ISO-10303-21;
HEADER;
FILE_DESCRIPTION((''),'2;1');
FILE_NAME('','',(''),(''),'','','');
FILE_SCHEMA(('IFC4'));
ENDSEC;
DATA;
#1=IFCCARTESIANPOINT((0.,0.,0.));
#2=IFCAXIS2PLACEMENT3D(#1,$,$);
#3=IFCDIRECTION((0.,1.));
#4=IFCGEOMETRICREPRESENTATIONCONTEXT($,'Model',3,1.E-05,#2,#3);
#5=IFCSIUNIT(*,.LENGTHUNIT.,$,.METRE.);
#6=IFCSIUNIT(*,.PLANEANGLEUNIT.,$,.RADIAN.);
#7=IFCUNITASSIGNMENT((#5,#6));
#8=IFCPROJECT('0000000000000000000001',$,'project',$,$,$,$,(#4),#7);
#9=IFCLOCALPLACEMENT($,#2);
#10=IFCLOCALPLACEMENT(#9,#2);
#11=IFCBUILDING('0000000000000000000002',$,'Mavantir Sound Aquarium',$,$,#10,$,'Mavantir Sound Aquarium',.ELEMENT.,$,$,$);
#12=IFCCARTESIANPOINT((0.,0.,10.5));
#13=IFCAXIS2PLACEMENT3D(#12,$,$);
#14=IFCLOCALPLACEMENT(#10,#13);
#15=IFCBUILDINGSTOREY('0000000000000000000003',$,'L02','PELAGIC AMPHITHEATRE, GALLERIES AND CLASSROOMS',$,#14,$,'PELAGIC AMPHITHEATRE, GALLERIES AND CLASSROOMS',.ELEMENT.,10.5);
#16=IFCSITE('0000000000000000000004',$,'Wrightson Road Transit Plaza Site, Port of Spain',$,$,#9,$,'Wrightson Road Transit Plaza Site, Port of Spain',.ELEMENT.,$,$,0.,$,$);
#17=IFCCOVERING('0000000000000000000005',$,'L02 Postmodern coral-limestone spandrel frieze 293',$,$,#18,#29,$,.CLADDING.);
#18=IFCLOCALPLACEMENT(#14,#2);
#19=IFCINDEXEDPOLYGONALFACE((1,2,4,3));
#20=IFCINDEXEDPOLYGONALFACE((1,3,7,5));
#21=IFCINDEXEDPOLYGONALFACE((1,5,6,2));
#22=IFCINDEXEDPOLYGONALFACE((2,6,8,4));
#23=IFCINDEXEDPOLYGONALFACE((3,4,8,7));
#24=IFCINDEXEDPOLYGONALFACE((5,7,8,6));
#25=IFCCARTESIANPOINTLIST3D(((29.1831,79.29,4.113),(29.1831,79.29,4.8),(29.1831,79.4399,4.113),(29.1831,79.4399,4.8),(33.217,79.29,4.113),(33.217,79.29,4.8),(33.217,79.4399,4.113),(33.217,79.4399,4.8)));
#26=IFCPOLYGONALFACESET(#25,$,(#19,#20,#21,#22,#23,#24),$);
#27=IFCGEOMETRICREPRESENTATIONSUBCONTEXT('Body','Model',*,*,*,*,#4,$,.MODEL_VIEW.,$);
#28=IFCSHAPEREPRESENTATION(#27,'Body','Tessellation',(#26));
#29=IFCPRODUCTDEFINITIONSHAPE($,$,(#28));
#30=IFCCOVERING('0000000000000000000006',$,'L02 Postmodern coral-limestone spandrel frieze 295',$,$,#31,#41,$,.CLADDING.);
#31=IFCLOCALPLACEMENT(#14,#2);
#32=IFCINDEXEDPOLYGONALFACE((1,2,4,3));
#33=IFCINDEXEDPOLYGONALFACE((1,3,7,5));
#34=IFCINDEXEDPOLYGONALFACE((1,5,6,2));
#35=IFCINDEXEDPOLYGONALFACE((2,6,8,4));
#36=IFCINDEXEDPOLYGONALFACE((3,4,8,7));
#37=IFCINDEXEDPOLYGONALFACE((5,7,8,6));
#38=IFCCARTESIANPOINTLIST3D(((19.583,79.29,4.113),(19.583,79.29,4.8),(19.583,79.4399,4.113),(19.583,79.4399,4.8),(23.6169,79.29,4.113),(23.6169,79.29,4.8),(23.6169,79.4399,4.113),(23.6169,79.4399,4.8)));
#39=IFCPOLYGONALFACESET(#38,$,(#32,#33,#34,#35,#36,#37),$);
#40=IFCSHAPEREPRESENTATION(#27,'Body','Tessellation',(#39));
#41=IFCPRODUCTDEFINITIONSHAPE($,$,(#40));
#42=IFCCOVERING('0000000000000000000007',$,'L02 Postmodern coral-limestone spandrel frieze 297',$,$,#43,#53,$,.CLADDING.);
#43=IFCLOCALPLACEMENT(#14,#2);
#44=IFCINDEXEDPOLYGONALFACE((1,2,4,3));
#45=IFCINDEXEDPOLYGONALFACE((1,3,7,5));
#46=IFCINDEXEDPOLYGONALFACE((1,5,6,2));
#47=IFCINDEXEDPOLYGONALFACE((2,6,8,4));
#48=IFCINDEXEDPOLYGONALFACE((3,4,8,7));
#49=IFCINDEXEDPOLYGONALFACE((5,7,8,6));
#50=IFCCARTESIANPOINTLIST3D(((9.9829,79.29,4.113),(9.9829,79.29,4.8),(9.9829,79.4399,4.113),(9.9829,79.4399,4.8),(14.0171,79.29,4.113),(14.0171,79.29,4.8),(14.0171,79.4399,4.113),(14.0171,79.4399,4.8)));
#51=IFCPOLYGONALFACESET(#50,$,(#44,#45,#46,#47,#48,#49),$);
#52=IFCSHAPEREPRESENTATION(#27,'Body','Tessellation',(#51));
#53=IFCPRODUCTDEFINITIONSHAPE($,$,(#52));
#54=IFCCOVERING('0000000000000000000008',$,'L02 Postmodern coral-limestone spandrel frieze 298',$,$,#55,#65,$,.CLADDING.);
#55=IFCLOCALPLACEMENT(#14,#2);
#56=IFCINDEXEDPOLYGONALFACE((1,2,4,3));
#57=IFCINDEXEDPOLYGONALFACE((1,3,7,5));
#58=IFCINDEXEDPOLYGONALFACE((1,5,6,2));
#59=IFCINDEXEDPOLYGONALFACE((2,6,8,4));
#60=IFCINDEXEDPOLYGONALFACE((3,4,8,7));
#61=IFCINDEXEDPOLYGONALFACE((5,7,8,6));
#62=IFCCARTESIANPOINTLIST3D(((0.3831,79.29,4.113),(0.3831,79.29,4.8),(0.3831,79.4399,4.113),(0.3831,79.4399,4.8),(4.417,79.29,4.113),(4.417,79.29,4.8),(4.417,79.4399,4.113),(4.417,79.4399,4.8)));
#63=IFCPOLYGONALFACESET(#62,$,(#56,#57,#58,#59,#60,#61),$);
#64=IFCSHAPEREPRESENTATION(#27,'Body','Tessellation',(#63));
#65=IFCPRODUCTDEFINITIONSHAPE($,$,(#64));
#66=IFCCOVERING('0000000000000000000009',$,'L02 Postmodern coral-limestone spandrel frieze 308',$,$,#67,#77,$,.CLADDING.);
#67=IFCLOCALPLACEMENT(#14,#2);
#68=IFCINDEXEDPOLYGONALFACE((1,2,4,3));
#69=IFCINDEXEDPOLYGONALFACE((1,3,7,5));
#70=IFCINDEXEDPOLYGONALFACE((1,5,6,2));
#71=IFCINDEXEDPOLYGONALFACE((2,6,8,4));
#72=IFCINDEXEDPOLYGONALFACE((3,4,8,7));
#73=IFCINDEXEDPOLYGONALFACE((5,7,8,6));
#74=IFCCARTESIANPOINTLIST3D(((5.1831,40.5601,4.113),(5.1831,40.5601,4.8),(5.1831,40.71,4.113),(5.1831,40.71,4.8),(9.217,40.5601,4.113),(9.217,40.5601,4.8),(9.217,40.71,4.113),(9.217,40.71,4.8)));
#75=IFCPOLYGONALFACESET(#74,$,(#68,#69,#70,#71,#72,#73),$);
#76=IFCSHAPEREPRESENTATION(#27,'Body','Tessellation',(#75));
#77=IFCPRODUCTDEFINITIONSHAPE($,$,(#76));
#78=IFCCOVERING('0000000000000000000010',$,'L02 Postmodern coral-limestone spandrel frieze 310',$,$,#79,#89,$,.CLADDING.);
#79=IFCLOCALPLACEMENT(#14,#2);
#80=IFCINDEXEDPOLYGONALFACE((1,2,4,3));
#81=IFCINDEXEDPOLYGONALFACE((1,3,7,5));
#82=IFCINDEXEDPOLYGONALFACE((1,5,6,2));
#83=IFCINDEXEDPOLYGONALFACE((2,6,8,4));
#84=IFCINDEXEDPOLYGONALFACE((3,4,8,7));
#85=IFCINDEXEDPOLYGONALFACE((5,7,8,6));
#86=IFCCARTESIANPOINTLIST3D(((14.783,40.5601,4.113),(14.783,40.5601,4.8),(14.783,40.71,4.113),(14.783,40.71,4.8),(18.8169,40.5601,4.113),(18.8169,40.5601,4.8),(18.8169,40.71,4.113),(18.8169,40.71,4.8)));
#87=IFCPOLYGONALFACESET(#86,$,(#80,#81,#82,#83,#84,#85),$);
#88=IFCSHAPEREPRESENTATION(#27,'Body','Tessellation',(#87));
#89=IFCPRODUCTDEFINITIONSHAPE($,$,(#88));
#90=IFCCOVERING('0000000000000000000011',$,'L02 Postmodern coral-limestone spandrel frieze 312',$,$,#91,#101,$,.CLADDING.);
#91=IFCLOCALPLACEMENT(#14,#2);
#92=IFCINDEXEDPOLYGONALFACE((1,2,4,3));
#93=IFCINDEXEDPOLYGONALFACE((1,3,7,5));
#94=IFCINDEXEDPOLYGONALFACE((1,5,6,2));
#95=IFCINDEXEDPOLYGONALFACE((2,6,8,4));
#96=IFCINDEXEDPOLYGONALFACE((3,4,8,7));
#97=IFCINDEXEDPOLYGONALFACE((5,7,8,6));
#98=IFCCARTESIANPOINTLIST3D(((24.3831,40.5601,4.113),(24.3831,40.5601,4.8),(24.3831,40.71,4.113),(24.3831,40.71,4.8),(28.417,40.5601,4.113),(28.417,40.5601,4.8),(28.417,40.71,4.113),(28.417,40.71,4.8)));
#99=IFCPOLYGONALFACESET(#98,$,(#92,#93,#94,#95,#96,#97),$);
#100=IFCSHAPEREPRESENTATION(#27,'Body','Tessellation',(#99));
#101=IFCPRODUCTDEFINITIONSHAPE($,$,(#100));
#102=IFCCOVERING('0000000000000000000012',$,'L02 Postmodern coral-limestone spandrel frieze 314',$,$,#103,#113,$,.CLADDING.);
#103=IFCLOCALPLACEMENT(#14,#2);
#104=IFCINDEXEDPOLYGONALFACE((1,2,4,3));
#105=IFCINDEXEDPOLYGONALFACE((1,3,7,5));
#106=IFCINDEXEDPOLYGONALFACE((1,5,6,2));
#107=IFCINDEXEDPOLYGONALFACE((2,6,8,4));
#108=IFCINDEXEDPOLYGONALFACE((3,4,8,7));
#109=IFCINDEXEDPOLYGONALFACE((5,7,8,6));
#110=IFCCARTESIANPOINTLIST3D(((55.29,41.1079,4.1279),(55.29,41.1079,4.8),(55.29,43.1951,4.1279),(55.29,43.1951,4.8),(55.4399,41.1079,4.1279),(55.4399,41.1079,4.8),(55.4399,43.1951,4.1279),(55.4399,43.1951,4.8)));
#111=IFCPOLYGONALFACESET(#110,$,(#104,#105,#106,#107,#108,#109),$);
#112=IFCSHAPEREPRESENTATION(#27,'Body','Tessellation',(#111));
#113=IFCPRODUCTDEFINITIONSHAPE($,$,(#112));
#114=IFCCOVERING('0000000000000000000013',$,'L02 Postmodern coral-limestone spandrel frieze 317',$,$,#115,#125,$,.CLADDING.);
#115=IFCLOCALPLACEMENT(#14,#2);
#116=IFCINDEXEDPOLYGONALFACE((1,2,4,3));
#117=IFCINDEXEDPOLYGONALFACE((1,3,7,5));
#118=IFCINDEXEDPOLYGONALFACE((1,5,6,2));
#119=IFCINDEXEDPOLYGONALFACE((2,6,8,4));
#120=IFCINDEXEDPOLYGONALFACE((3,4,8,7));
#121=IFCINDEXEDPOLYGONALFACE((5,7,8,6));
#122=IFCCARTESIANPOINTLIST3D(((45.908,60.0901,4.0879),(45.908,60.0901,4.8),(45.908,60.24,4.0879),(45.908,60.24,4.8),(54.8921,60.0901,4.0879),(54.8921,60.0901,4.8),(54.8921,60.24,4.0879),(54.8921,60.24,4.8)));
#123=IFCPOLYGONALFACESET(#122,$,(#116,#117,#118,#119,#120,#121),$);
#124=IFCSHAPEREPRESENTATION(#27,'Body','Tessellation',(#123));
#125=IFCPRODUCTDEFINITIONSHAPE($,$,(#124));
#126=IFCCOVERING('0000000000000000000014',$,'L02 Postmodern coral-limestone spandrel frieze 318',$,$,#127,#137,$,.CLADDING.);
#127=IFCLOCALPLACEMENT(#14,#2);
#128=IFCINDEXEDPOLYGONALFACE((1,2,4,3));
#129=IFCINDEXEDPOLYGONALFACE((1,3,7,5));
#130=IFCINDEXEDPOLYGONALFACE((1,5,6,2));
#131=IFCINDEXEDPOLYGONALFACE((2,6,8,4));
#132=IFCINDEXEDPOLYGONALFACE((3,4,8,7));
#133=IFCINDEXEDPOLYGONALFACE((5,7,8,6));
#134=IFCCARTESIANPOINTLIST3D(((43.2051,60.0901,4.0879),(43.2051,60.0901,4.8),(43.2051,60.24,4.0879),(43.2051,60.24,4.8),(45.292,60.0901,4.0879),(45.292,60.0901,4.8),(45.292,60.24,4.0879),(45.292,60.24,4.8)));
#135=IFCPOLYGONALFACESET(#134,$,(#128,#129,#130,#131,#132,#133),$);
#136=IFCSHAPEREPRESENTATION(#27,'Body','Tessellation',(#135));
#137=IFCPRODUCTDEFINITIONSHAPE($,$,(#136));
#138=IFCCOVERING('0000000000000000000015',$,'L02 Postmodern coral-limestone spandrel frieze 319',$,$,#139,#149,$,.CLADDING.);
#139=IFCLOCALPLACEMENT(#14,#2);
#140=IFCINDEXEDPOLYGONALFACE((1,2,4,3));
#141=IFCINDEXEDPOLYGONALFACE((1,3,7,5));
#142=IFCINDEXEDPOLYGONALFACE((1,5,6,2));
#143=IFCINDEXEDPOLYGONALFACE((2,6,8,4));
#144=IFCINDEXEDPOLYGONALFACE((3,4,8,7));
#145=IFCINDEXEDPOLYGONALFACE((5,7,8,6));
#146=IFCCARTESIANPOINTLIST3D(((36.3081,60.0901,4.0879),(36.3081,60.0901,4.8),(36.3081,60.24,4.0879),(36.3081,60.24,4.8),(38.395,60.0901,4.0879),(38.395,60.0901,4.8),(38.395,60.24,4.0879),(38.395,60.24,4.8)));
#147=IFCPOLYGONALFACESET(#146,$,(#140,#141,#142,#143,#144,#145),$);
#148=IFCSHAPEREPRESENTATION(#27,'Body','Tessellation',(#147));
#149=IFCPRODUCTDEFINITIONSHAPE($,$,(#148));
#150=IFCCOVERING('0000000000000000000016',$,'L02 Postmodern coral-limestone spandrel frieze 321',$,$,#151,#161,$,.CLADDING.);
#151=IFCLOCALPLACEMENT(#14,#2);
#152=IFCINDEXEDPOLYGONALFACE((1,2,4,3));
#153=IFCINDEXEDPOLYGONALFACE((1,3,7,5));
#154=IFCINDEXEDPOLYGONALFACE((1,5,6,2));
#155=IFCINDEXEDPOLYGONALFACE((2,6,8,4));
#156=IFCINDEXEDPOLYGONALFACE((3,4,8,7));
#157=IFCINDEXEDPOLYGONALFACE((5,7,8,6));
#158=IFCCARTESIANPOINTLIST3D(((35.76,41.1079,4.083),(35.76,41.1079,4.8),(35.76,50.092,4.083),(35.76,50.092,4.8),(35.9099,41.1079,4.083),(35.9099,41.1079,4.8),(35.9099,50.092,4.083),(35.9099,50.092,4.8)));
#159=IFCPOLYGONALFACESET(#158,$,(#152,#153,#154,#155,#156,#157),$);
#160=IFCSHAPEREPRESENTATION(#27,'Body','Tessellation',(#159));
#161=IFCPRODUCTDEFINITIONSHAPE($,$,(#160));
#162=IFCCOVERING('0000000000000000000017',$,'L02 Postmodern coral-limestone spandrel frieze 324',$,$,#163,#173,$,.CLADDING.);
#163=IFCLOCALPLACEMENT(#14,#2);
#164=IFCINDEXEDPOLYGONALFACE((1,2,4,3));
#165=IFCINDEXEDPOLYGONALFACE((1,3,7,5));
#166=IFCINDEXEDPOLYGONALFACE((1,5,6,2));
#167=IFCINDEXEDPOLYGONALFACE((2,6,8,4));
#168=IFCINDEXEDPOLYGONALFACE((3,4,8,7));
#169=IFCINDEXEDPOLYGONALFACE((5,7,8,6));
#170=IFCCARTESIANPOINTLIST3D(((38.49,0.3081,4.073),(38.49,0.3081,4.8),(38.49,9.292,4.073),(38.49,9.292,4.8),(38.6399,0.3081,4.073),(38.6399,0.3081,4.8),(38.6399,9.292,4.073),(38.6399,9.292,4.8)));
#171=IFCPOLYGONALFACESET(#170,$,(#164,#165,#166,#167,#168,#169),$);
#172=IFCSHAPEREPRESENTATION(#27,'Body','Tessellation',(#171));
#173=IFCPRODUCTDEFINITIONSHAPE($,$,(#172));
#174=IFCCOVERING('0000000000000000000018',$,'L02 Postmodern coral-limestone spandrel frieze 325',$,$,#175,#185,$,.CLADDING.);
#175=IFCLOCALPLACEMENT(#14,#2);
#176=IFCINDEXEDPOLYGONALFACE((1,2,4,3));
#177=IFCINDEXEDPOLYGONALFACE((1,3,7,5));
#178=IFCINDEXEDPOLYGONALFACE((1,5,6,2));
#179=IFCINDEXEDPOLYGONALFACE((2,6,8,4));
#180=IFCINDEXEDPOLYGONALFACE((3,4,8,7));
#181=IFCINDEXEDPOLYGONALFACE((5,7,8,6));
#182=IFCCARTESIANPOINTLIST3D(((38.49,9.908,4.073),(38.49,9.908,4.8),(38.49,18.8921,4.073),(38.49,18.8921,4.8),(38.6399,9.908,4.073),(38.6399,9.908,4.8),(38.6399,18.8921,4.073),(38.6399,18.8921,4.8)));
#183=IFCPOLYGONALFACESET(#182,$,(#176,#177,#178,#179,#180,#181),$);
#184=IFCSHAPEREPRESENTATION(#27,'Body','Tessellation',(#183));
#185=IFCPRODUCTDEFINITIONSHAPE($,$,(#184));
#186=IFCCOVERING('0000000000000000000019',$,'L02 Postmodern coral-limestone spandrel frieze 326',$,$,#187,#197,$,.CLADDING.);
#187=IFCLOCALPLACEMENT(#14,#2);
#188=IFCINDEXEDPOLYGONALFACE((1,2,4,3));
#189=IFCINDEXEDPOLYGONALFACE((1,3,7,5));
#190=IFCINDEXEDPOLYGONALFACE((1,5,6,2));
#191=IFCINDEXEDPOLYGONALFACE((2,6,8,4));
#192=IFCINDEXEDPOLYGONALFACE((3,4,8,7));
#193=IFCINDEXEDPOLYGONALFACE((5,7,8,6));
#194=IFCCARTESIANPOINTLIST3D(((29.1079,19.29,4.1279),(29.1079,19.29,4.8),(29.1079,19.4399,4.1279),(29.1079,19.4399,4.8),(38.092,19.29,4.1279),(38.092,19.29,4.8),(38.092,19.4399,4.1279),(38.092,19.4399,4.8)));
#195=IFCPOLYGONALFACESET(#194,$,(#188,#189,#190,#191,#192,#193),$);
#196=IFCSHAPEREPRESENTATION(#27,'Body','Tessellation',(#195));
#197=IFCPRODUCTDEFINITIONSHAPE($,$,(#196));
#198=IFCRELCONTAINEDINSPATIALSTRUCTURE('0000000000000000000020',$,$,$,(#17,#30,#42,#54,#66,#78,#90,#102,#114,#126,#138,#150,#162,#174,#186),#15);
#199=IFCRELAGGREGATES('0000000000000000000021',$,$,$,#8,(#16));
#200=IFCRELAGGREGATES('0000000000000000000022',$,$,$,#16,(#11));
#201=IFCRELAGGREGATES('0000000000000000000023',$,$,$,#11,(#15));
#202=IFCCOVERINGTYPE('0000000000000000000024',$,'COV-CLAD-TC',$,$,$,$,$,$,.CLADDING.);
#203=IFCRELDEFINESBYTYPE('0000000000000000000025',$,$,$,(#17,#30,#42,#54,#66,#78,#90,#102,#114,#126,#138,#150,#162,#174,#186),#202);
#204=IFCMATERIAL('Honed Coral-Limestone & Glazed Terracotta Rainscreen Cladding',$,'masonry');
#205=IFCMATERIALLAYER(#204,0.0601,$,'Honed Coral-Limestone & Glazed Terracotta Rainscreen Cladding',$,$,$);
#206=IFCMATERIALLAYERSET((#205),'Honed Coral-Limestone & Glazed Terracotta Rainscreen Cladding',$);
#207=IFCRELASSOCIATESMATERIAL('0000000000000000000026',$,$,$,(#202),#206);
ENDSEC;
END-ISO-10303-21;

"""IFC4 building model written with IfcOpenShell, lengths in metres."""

from ifc_helpers import new_model, si_unit, direction, frame, origin, place, context, subcontext, project, spatial, polyline, outline, extrude, material, layer, layer_set, type_object, element, save


model = new_model("IFC4")

# Units and contexts
model_context = context("Model", 3, precision=1e-05, world=origin(), true_north=direction((0.0, 1.0)))
body_context = subcontext(model_context, "Body", "Model", "MODEL_VIEW")
ifc_project = project(units=[si_unit("LENGTHUNIT", "METRE"), si_unit("PLANEANGLEUNIT", "RADIAN")], contexts=[model_context])

# Site, building, storey
site_placement = place(None, origin())
site = spatial("IfcSite", under=ifc_project, at=site_placement, Name="Wrightson Road Transit Plaza Site, Port of Spain", LongName="Wrightson Road Transit Plaza Site, Port of Spain", CompositionType="ELEMENT", RefElevation=0.0)
building_placement = place(site_placement, origin())
building = spatial("IfcBuilding", under=site, at=building_placement, Name="Mavantir Sound Aquarium", LongName="Mavantir Sound Aquarium", CompositionType="ELEMENT")
storey_placement = place(building_placement, frame((0.0, 0.0, 10.5)))
storey = spatial("IfcBuildingStorey", under=building, at=storey_placement, Name="L02", Description="PELAGIC AMPHITHEATRE, GALLERIES AND CLASSROOMS", LongName="PELAGIC AMPHITHEATRE, GALLERIES AND CLASSROOMS", CompositionType="ELEMENT", Elevation=10.5)

# Coverings
ifc_material = material(Name="Honed Coral-Limestone & Glazed Terracotta Rainscreen Cladding", Category="masonry")
ifc_layer = layer(ifc_material, 0.0601, Name="Honed Coral-Limestone & Glazed Terracotta Rainscreen Cladding")
ifc_layer_set = layer_set([ifc_layer], Name="Honed Coral-Limestone & Glazed Terracotta Rainscreen Cladding")
covering_type = type_object("IfcCoveringType", Name="COV-CLAD-TC", PredefinedType="CLADDING", material=ifc_layer_set)
covering_1_placement = place(storey_placement, frame((0.0, 0.0, 4.113)))
element("IfcCovering", 1, at=covering_1_placement, inside=storey, type_object=covering_type, Name="L02 Postmodern coral-limestone spandrel frieze 293", PredefinedType="CLADDING", context=body_context, shape_type="SweptSolid", body=[
    extrude(outline(polyline([(33.217, 79.29), (29.1831, 79.29), (29.1831, 79.4399), (33.217, 79.4399), (33.217, 79.29)])), origin(), (0.0, 0.0, 1.0), 0.687),
])
covering_2_placement = place(storey_placement, frame((0.0, 0.0, 4.113)))
element("IfcCovering", 2, at=covering_2_placement, inside=storey, type_object=covering_type, Name="L02 Postmodern coral-limestone spandrel frieze 295", PredefinedType="CLADDING", context=body_context, shape_type="SweptSolid", body=[
    extrude(outline(polyline([(23.6169, 79.29), (19.583, 79.29), (19.583, 79.4399), (23.6169, 79.4399), (23.6169, 79.29)])), origin(), (0.0, 0.0, 1.0), 0.687),
])
covering_3_placement = place(storey_placement, frame((0.0, 0.0, 4.113)))
element("IfcCovering", 3, at=covering_3_placement, inside=storey, type_object=covering_type, Name="L02 Postmodern coral-limestone spandrel frieze 297", PredefinedType="CLADDING", context=body_context, shape_type="SweptSolid", body=[
    extrude(outline(polyline([(14.0171, 79.29), (9.9829, 79.29), (9.9829, 79.4399), (14.0171, 79.4399), (14.0171, 79.29)])), origin(), (0.0, 0.0, 1.0), 0.687),
])
covering_4_placement = place(storey_placement, frame((0.0, 0.0, 4.113)))
element("IfcCovering", 4, at=covering_4_placement, inside=storey, type_object=covering_type, Name="L02 Postmodern coral-limestone spandrel frieze 298", PredefinedType="CLADDING", context=body_context, shape_type="SweptSolid", body=[
    extrude(outline(polyline([(4.417, 79.29), (0.3831, 79.29), (0.3831, 79.4399), (4.417, 79.4399), (4.417, 79.29)])), origin(), (0.0, 0.0, 1.0), 0.687),
])
covering_5_placement = place(storey_placement, frame((0.0, 0.0, 4.113)))
element("IfcCovering", 5, at=covering_5_placement, inside=storey, type_object=covering_type, Name="L02 Postmodern coral-limestone spandrel frieze 308", PredefinedType="CLADDING", context=body_context, shape_type="SweptSolid", body=[
    extrude(outline(polyline([(5.1831, 40.71), (9.217, 40.71), (9.217, 40.5601), (5.1831, 40.5601), (5.1831, 40.71)])), origin(), (0.0, 0.0, 1.0), 0.687),
])
covering_6_placement = place(storey_placement, frame((0.0, 0.0, 4.113)))
element("IfcCovering", 6, at=covering_6_placement, inside=storey, type_object=covering_type, Name="L02 Postmodern coral-limestone spandrel frieze 310", PredefinedType="CLADDING", context=body_context, shape_type="SweptSolid", body=[
    extrude(outline(polyline([(14.783, 40.71), (18.8169, 40.71), (18.8169, 40.5601), (14.783, 40.5601), (14.783, 40.71)])), origin(), (0.0, 0.0, 1.0), 0.687),
])
covering_7_placement = place(storey_placement, frame((0.0, 0.0, 4.113)))
element("IfcCovering", 7, at=covering_7_placement, inside=storey, type_object=covering_type, Name="L02 Postmodern coral-limestone spandrel frieze 312", PredefinedType="CLADDING", context=body_context, shape_type="SweptSolid", body=[
    extrude(outline(polyline([(24.3831, 40.71), (28.417, 40.71), (28.417, 40.5601), (24.3831, 40.5601), (24.3831, 40.71)])), origin(), (0.0, 0.0, 1.0), 0.687),
])
covering_8_placement = place(storey_placement, frame((0.0, 0.0, 4.1279)))
element("IfcCovering", 8, at=covering_8_placement, inside=storey, type_object=covering_type, Name="L02 Postmodern coral-limestone spandrel frieze 314", PredefinedType="CLADDING", context=body_context, shape_type="SweptSolid", body=[
    extrude(outline(polyline([(55.29, 41.1079), (55.29, 43.1951), (55.4399, 43.1951), (55.4399, 41.1079), (55.29, 41.1079)])), origin(), (0.0, 0.0, 1.0), 0.6721),
])
covering_9_placement = place(storey_placement, frame((0.0, 0.0, 4.0879)))
element("IfcCovering", 9, at=covering_9_placement, inside=storey, type_object=covering_type, Name="L02 Postmodern coral-limestone spandrel frieze 317", PredefinedType="CLADDING", context=body_context, shape_type="SweptSolid", body=[
    extrude(outline(polyline([(54.8921, 60.0901), (45.908, 60.0901), (45.908, 60.24), (54.8921, 60.24), (54.8921, 60.0901)])), origin(), (0.0, 0.0, 1.0), 0.7122),
])
covering_10_placement = place(storey_placement, frame((0.0, 0.0, 4.0879)))
element("IfcCovering", 10, at=covering_10_placement, inside=storey, type_object=covering_type, Name="L02 Postmodern coral-limestone spandrel frieze 318", PredefinedType="CLADDING", context=body_context, shape_type="SweptSolid", body=[
    extrude(outline(polyline([(45.292, 60.0901), (43.2051, 60.0901), (43.2051, 60.24), (45.292, 60.24), (45.292, 60.0901)])), origin(), (0.0, 0.0, 1.0), 0.7122),
])
covering_11_placement = place(storey_placement, frame((0.0, 0.0, 4.0879)))
element("IfcCovering", 11, at=covering_11_placement, inside=storey, type_object=covering_type, Name="L02 Postmodern coral-limestone spandrel frieze 319", PredefinedType="CLADDING", context=body_context, shape_type="SweptSolid", body=[
    extrude(outline(polyline([(38.395, 60.0901), (36.3081, 60.0901), (36.3081, 60.24), (38.395, 60.24), (38.395, 60.0901)])), origin(), (0.0, 0.0, 1.0), 0.7122),
])
covering_12_placement = place(storey_placement, frame((0.0, 0.0, 4.083)))
element("IfcCovering", 12, at=covering_12_placement, inside=storey, type_object=covering_type, Name="L02 Postmodern coral-limestone spandrel frieze 321", PredefinedType="CLADDING", context=body_context, shape_type="SweptSolid", body=[
    extrude(outline(polyline([(35.9099, 50.092), (35.9099, 41.1079), (35.76, 41.1079), (35.76, 50.092), (35.9099, 50.092)])), origin(), (0.0, 0.0, 1.0), 0.717),
])
covering_13_placement = place(storey_placement, frame((0.0, 0.0, 4.073)))
element("IfcCovering", 13, at=covering_13_placement, inside=storey, type_object=covering_type, Name="L02 Postmodern coral-limestone spandrel frieze 324", PredefinedType="CLADDING", context=body_context, shape_type="SweptSolid", body=[
    extrude(outline(polyline([(38.49, 0.3081), (38.49, 9.292), (38.6399, 9.292), (38.6399, 0.3081), (38.49, 0.3081)])), origin(), (0.0, 0.0, 1.0), 0.7271),
])
covering_14_placement = place(storey_placement, frame((0.0, 0.0, 4.073)))
element("IfcCovering", 14, at=covering_14_placement, inside=storey, type_object=covering_type, Name="L02 Postmodern coral-limestone spandrel frieze 325", PredefinedType="CLADDING", context=body_context, shape_type="SweptSolid", body=[
    extrude(outline(polyline([(38.49, 9.908), (38.49, 18.8921), (38.6399, 18.8921), (38.6399, 9.908), (38.49, 9.908)])), origin(), (0.0, 0.0, 1.0), 0.7271),
])
covering_15_placement = place(storey_placement, frame((0.0, 0.0, 4.1279)))
element("IfcCovering", 15, at=covering_15_placement, inside=storey, type_object=covering_type, Name="L02 Postmodern coral-limestone spandrel frieze 326", PredefinedType="CLADDING", context=body_context, shape_type="SweptSolid", body=[
    extrude(outline(polyline([(38.092, 19.29), (29.1079, 19.29), (29.1079, 19.4399), (38.092, 19.4399), (38.092, 19.29)])), origin(), (0.0, 0.0, 1.0), 0.6721),
])

save(model, "model.ifc")
